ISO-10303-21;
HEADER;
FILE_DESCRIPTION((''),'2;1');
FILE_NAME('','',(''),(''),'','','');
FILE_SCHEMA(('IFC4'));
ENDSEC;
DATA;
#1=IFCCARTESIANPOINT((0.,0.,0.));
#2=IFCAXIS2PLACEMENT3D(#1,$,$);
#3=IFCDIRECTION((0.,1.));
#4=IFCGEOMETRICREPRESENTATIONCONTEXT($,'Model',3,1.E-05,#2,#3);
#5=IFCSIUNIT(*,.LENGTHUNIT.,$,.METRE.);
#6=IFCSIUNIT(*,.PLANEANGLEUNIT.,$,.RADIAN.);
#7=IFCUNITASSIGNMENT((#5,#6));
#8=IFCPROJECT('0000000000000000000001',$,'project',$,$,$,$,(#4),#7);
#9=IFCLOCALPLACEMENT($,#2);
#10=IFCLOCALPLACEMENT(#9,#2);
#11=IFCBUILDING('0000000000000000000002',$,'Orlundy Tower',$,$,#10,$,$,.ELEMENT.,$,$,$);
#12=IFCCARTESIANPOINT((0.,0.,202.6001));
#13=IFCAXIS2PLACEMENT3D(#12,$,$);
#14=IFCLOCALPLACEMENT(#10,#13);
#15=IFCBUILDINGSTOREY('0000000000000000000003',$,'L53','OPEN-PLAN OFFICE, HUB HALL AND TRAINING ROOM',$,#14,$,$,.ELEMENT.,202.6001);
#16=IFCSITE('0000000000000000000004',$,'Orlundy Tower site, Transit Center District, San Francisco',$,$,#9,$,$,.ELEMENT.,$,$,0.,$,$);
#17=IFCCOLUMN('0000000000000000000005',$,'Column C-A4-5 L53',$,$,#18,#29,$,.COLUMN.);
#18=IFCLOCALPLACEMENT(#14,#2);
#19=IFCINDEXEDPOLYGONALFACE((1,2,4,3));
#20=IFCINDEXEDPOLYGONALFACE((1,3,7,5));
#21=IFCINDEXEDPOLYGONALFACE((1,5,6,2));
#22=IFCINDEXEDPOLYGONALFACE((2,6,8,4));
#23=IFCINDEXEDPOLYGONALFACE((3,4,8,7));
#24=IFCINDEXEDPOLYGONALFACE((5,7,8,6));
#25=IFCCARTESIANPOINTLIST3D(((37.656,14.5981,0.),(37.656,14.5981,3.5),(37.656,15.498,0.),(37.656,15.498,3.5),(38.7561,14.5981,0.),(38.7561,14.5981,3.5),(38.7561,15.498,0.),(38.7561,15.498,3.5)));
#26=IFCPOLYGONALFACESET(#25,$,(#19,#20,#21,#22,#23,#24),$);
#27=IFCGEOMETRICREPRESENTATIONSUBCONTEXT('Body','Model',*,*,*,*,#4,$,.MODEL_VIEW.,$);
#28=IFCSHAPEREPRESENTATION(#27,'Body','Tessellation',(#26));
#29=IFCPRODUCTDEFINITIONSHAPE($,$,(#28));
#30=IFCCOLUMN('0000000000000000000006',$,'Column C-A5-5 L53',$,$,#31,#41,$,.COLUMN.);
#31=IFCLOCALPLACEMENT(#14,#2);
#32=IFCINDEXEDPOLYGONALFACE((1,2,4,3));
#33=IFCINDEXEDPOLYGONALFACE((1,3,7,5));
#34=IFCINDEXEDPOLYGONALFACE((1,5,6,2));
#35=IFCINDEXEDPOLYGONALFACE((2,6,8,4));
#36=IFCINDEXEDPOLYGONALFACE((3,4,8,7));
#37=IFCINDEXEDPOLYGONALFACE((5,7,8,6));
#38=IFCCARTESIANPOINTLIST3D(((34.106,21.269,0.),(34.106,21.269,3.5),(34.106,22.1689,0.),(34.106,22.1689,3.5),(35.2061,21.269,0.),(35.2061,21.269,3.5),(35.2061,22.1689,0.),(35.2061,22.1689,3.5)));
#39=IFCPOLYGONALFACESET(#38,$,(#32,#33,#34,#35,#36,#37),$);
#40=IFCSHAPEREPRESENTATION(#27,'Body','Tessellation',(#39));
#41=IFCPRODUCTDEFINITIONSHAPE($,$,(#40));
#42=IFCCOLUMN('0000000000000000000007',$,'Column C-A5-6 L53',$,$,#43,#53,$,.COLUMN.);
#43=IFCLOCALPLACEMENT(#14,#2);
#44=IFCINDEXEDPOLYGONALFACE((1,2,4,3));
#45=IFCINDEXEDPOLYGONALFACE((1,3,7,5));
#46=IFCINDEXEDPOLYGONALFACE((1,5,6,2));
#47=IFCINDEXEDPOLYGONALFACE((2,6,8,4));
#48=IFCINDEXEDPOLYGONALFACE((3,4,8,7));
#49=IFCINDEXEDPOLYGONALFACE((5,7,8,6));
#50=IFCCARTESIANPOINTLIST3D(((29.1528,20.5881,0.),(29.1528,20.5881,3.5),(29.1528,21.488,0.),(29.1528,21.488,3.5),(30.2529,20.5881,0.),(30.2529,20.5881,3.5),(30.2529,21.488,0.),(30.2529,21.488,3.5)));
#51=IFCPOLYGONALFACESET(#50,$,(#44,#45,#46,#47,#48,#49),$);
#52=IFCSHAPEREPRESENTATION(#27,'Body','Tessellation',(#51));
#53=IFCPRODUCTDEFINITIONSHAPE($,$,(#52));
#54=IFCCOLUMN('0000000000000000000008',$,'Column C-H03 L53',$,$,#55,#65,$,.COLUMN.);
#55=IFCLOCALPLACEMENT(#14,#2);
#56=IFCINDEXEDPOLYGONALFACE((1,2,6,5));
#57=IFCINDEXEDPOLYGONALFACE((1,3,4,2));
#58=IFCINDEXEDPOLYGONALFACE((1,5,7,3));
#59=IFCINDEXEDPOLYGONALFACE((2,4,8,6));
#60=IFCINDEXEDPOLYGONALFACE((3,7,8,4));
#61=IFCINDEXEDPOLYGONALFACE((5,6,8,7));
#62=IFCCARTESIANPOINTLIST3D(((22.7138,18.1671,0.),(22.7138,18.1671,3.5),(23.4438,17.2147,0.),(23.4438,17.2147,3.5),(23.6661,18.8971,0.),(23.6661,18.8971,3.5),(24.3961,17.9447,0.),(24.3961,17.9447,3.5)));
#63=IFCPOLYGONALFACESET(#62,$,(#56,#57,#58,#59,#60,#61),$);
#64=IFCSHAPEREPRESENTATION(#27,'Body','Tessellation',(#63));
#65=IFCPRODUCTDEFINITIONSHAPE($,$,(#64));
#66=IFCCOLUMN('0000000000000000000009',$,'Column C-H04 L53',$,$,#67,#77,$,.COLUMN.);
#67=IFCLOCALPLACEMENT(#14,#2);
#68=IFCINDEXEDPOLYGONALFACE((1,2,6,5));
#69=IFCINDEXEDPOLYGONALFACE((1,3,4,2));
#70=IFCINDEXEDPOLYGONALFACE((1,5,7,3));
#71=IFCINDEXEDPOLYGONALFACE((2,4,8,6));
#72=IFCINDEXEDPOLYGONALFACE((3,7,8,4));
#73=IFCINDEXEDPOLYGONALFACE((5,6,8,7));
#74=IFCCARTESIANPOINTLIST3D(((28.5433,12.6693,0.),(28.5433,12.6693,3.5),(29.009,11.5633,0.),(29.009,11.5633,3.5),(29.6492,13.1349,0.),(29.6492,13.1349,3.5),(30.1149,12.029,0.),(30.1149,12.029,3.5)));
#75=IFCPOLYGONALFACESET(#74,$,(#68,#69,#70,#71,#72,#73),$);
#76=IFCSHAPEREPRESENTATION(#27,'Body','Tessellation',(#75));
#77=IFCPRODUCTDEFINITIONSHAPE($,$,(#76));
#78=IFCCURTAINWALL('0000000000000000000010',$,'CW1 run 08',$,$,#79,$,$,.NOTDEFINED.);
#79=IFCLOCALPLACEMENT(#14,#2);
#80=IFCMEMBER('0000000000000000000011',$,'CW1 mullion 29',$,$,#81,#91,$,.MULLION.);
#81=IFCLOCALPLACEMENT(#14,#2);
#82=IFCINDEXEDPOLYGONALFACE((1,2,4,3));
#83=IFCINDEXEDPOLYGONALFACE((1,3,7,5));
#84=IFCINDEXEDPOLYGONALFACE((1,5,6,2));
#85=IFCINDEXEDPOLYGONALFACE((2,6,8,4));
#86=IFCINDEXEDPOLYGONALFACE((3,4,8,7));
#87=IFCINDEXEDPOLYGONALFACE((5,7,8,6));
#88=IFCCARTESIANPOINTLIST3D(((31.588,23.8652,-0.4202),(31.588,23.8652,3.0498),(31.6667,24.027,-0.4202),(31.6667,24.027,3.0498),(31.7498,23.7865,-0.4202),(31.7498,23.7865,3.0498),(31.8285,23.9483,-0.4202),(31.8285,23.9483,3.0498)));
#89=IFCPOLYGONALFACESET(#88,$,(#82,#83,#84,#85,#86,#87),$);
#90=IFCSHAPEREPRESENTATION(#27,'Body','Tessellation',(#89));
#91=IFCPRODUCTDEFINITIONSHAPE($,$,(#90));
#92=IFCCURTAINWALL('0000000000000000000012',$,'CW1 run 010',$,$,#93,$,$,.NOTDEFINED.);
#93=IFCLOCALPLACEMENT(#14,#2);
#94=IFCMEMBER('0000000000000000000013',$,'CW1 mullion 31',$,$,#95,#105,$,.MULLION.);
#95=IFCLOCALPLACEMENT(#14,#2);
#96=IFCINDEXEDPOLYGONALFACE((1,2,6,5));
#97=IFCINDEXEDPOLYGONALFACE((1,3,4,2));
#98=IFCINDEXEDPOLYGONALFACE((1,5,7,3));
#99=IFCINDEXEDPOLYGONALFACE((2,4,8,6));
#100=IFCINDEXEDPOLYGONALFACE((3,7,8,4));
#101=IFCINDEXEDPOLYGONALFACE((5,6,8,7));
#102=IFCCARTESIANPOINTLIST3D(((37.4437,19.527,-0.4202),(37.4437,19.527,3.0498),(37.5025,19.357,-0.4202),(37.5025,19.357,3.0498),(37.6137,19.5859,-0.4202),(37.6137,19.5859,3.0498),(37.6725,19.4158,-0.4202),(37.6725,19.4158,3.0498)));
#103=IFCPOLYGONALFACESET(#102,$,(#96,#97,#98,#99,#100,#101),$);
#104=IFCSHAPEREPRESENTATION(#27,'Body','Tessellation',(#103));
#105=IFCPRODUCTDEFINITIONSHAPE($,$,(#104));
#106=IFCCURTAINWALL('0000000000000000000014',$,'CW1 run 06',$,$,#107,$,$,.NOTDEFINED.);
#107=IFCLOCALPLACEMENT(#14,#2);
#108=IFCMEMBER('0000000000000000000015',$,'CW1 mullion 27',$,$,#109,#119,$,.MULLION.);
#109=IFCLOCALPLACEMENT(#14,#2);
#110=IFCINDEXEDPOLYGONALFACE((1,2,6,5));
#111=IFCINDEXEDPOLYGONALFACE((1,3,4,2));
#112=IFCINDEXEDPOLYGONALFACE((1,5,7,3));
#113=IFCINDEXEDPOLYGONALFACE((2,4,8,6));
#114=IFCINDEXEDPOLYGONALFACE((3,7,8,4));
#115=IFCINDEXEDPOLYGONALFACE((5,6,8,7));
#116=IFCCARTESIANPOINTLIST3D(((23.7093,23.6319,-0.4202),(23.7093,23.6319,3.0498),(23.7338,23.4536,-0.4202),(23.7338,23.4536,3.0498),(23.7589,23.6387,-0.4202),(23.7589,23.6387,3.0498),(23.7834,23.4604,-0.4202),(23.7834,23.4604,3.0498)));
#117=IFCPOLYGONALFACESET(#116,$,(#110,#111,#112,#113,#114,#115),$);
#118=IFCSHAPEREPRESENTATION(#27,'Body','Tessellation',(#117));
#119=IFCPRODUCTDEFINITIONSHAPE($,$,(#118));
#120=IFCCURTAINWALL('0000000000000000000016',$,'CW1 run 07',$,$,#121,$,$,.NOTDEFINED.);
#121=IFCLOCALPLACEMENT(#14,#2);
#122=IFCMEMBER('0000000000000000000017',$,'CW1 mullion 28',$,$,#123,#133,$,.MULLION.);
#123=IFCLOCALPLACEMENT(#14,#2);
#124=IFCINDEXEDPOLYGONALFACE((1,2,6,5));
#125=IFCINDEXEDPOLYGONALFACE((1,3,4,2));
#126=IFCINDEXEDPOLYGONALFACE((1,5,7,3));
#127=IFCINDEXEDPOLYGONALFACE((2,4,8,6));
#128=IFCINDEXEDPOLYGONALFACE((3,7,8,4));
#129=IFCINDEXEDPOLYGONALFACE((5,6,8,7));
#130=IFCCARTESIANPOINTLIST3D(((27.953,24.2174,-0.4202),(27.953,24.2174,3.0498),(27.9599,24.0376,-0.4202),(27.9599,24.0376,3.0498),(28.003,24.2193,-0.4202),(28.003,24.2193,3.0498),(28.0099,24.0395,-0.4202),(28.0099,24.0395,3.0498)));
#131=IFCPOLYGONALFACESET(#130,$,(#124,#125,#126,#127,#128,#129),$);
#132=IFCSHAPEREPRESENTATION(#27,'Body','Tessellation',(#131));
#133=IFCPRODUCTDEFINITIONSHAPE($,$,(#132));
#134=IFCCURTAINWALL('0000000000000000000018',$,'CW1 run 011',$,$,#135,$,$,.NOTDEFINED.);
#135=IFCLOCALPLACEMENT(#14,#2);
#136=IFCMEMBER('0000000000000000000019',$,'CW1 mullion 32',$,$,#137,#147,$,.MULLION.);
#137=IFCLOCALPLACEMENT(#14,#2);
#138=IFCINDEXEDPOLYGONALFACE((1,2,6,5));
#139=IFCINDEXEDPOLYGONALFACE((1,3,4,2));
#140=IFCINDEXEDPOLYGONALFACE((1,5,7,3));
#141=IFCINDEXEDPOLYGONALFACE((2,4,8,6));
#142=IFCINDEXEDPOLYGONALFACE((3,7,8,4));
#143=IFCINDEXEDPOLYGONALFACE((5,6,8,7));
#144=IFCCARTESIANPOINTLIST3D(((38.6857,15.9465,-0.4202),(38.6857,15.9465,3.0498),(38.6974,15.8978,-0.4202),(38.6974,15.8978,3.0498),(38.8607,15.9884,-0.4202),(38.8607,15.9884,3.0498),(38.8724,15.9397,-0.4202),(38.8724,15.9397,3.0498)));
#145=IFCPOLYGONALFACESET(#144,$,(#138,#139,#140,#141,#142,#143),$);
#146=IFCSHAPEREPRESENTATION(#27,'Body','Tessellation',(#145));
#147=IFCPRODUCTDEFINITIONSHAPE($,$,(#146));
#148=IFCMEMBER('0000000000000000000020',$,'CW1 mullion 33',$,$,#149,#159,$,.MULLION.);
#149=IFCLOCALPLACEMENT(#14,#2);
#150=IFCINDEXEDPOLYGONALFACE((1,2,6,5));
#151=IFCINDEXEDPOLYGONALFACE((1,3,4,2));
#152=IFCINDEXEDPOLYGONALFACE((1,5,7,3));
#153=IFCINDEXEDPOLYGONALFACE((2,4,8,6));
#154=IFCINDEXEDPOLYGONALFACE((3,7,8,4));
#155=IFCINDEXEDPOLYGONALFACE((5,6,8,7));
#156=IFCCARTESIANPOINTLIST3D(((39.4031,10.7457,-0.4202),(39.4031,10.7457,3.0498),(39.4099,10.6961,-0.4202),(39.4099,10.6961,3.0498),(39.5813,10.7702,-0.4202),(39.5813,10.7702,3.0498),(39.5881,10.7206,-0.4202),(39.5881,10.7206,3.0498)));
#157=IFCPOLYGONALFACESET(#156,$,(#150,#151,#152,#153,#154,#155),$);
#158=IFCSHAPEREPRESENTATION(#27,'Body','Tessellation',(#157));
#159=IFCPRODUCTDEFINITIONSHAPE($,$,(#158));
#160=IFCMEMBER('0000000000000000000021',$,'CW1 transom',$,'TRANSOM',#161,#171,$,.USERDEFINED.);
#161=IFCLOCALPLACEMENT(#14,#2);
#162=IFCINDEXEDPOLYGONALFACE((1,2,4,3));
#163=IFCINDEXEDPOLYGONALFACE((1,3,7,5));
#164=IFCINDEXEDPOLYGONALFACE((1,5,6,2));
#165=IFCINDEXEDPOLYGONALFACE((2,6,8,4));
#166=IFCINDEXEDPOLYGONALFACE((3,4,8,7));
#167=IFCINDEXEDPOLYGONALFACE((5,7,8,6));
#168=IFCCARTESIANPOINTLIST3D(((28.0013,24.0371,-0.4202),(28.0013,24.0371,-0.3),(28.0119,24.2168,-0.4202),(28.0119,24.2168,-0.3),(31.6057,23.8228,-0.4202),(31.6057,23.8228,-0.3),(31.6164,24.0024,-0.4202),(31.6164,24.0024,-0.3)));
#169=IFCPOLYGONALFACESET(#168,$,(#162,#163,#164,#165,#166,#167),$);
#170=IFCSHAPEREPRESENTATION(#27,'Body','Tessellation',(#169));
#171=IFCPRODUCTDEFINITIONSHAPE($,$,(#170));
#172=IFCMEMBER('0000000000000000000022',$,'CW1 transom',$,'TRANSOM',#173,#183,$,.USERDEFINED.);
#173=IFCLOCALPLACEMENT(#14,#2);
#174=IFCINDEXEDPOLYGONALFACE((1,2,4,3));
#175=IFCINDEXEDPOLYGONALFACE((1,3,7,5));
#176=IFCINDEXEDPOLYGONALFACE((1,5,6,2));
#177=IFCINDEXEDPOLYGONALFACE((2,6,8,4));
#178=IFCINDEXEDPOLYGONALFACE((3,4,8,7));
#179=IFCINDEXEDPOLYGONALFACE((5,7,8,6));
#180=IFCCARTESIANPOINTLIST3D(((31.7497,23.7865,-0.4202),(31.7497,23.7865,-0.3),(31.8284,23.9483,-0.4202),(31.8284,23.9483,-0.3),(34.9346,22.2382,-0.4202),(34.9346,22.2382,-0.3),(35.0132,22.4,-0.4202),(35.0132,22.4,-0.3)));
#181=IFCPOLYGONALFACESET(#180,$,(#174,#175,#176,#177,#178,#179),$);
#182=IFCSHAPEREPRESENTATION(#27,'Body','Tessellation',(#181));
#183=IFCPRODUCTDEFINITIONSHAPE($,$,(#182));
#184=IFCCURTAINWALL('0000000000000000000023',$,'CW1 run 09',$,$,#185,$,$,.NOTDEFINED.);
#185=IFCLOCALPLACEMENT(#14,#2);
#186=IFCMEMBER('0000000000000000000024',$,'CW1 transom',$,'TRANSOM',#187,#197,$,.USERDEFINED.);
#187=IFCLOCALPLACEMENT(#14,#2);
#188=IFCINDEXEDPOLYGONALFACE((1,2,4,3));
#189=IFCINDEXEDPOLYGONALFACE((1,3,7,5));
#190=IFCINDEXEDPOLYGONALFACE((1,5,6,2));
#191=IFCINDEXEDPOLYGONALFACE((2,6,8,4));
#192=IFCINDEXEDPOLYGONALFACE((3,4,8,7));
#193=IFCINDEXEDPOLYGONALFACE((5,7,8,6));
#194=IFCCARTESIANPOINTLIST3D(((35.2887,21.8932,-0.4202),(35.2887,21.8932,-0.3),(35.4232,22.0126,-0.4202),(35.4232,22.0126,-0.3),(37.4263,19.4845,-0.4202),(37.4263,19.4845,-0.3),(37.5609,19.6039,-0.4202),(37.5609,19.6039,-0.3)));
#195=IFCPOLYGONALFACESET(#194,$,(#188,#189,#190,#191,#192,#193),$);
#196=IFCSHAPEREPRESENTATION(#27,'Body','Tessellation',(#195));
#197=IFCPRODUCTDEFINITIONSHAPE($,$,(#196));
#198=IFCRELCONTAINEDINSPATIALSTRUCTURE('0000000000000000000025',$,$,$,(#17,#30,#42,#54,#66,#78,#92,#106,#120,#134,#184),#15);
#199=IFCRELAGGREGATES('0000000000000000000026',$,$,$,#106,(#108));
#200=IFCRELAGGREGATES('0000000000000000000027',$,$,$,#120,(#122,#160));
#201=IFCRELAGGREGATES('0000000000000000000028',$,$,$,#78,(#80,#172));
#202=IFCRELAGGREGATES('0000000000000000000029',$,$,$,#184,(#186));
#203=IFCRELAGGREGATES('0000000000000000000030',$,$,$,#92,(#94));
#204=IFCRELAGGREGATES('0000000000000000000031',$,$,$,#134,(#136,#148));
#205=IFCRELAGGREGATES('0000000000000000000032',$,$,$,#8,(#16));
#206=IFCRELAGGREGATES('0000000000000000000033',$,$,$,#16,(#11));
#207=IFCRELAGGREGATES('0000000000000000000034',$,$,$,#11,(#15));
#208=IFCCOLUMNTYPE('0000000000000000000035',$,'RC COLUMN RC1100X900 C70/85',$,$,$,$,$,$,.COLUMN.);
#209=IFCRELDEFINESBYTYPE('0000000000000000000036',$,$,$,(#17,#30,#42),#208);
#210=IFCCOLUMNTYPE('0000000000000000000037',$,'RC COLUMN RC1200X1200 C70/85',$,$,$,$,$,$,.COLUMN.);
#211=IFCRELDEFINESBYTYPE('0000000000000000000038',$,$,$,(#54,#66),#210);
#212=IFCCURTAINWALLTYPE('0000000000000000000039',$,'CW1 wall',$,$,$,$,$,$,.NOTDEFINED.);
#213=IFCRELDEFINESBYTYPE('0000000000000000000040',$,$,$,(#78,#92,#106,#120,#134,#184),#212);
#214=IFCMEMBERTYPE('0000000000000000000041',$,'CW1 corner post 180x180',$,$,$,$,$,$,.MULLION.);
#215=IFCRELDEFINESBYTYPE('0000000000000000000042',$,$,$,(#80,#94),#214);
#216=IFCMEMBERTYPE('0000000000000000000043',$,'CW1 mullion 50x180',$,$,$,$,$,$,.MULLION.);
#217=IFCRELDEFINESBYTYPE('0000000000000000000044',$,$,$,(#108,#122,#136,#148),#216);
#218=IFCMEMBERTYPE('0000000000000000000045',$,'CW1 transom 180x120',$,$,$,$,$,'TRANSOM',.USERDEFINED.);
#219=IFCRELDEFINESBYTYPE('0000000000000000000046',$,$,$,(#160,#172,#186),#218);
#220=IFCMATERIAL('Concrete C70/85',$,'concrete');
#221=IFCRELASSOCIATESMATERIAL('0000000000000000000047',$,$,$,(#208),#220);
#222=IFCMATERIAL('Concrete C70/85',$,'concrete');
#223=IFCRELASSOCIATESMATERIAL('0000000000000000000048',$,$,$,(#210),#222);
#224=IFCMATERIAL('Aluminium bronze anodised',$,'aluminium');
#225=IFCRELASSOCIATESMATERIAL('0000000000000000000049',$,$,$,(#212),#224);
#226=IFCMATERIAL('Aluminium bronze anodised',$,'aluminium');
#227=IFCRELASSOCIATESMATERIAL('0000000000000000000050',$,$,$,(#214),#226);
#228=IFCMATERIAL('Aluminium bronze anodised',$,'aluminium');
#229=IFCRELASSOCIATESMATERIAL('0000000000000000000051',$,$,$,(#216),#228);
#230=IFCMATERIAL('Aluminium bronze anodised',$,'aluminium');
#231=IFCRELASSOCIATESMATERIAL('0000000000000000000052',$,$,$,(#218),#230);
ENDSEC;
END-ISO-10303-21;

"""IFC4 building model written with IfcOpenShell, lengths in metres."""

from ifc_helpers import new_model, si_unit, direction, frame, origin, origin_2d, place, context, subcontext, project, spatial, rectangle, extrude, material, material_profile, profile_set, type_object, element, aggregate, save


model = new_model("IFC4")

# Units and contexts
model_context = context("Model", 3, precision=1e-05, world=origin(), true_north=direction((0.0, 1.0)))
body_context = subcontext(model_context, "Body", "Model", "MODEL_VIEW")
ifc_project = project(units=[si_unit("LENGTHUNIT", "METRE"), si_unit("PLANEANGLEUNIT", "RADIAN")], contexts=[model_context])

# Site, building, storey
site_placement = place(None, origin())
site = spatial("IfcSite", under=ifc_project, at=site_placement, Name="Orlundy Tower site, Transit Center District, San Francisco", CompositionType="ELEMENT", RefElevation=0.0)
building_placement = place(site_placement, origin())
building = spatial("IfcBuilding", under=site, at=building_placement, Name="Orlundy Tower", CompositionType="ELEMENT")
storey_placement = place(building_placement, frame((0.0, 0.0, 202.6001)))
storey = spatial("IfcBuildingStorey", under=building, at=storey_placement, Name="L53", Description="OPEN-PLAN OFFICE, HUB HALL AND TRAINING ROOM", CompositionType="ELEMENT", Elevation=202.6001)

# Columns
ifc_material_1 = material(Name="Concrete C70/85", Category="concrete")
ifc_material_profile_1 = material_profile(ifc_material_1, rectangle(XDim=1.1001, YDim=0.8999, at=origin_2d()), Name="RC1100X900")
ifc_profile_set_1 = profile_set([ifc_material_profile_1], Name="Concrete C70/85")
column_type_1 = type_object("IfcColumnType", Name="RC COLUMN RC1100X900 C70/85", PredefinedType="COLUMN", material=ifc_profile_set_1)
for number, where, z_axis, x_axis, name in (
    (1, (38.2061, 15.0481, 0.0), (0.0, 0.0, 1.0), (1.0, 0.0, 0.0), "Column C-A4-5 L53"),
    (2, (34.656, 21.719, 0.0), (0.0, 0.0, 1.0), (1.0, 0.0, 0.0), "Column C-A5-5 L53"),
    (3, (29.7029, 21.0381, 0.0), (0.0, 0.0, 1.0), (1.0, 0.0, 0.0), "Column C-A5-6 L53"),
):
    element("IfcColumn", number, at=place(storey_placement, frame(where, z_axis=z_axis, x_axis=x_axis)), inside=storey, type_object=column_type_1, Name=name, PredefinedType="COLUMN", context=body_context, shape_type="SweptSolid", body=[
        extrude(rectangle(XDim=1.1001, YDim=0.8999, at=origin_2d()), origin(), (0.0, 0.0, 1.0), 3.5),
    ])
ifc_material_2 = material(Name="Concrete C70/85", Category="concrete")
ifc_material_profile_2 = material_profile(ifc_material_2, rectangle(XDim=1.2, YDim=1.2, at=origin_2d()), Name="RC1200X1200")
ifc_profile_set_2 = profile_set([ifc_material_profile_2], Name="Concrete C70/85")
column_type_2 = type_object("IfcColumnType", Name="RC COLUMN RC1200X1200 C70/85", PredefinedType="COLUMN", material=ifc_profile_set_2)
for number, where, z_axis, x_axis, name in (
    (4, (23.5549, 18.0559, 0.0), (0.0, 0.0, 1.0), (0.793651, 0.608374, 0.0), "Column C-H03 L53"),
    (5, (29.3291, 12.3491, 0.0), (0.0, 0.0, 1.0), (0.921633, 0.388063, 0.0), "Column C-H04 L53"),
):
    element("IfcColumn", number, at=place(storey_placement, frame(where, z_axis=z_axis, x_axis=x_axis)), inside=storey, type_object=column_type_2, Name=name, PredefinedType="COLUMN", context=body_context, shape_type="SweptSolid", body=[
        extrude(rectangle(XDim=1.2, YDim=1.2, at=origin_2d()), origin(), (0.0, 0.0, 1.0), 3.5),
    ])

# Curtain walls, members
ifc_material_3 = material(Name="Aluminium bronze anodised", Category="aluminium")
curtain_wall_type = type_object("IfcCurtainWallType", Name="CW1 wall", PredefinedType="NOTDEFINED", material=ifc_material_3)
curtain_wall_1_placement = place(storey_placement, origin())
curtain_wall_1 = element("IfcCurtainWall", 6, at=curtain_wall_1_placement, inside=storey, type_object=curtain_wall_type, Name="CW1 run 08", PredefinedType="NOTDEFINED")
ifc_material_4 = material(Name="Aluminium bronze anodised", Category="aluminium")
ifc_material_profile_3 = material_profile(ifc_material_4, rectangle(XDim=0.1799, YDim=0.1799, at=origin_2d()), Name="CW1 corner post 180x180")
ifc_profile_set_3 = profile_set([ifc_material_profile_3], Name="Aluminium bronze anodised")
member_type_1 = type_object("IfcMemberType", Name="CW1 corner post 180x180", PredefinedType="MULLION", material=ifc_profile_set_3)
member_1_placement = place(storey_placement, frame((31.7083, 23.9067, -0.4202), z_axis=(0.0, 0.0, 1.0), x_axis=(0.437259, 0.899335, 0.0)))
member_1 = element("IfcMember", 7, at=member_1_placement, type_object=member_type_1, Name="CW1 mullion 29", PredefinedType="MULLION", context=body_context, shape_type="SweptSolid", body=[
    extrude(rectangle(XDim=0.1799, YDim=0.1799, at=origin_2d()), origin(), (0.0, 0.0, 1.0), 3.47),
])
curtain_wall_2_placement = place(storey_placement, origin())
curtain_wall_2 = element("IfcCurtainWall", 8, at=curtain_wall_2_placement, inside=storey, type_object=curtain_wall_type, Name="CW1 run 010", PredefinedType="NOTDEFINED")
member_2_placement = place(storey_placement, frame((37.5581, 19.4714, -0.4202), z_axis=(0.0, 0.0, 1.0), x_axis=(0.945034, 0.326972, 0.0)))
member_2 = element("IfcMember", 9, at=member_2_placement, type_object=member_type_1, Name="CW1 mullion 31", PredefinedType="MULLION", context=body_context, shape_type="SweptSolid", body=[
    extrude(rectangle(XDim=0.1799, YDim=0.1799, at=origin_2d()), origin(), (0.0, 0.0, 1.0), 3.47),
])
curtain_wall_3_placement = place(storey_placement, origin())
curtain_wall_3 = element("IfcCurtainWall", 10, at=curtain_wall_3_placement, inside=storey, type_object=curtain_wall_type, Name="CW1 run 06", PredefinedType="NOTDEFINED")
ifc_material_5 = material(Name="Aluminium bronze anodised", Category="aluminium")
ifc_material_profile_4 = material_profile(ifc_material_5, rectangle(XDim=0.1799, YDim=0.05, at=origin_2d()), Name="CW1 mullion 50x180")
ifc_profile_set_4 = profile_set([ifc_material_profile_4], Name="Aluminium bronze anodised")
member_type_2 = type_object("IfcMemberType", Name="CW1 mullion 50x180", PredefinedType="MULLION", material=ifc_profile_set_4)
member_3_placement = place(storey_placement, frame((23.7463, 23.5461, -0.4202), z_axis=(0.0, 0.0, 1.0), x_axis=(-0.136185, 0.990683, 0.0)))
member_3 = element("IfcMember", 11, at=member_3_placement, type_object=member_type_2, Name="CW1 mullion 27", PredefinedType="MULLION", context=body_context, shape_type="SweptSolid", body=[
    extrude(rectangle(XDim=0.1799, YDim=0.05, at=origin_2d()), origin(), (0.0, 0.0, 1.0), 3.47),
])
curtain_wall_4_placement = place(storey_placement, origin())
curtain_wall_4 = element("IfcCurtainWall", 12, at=curtain_wall_4_placement, inside=storey, type_object=curtain_wall_type, Name="CW1 run 07", PredefinedType="NOTDEFINED")
member_4_placement = place(storey_placement, frame((27.9814, 24.1284, -0.4202), z_axis=(0.0, 0.0, 1.0), x_axis=(-0.038601, 0.999255, 0.0)))
member_4 = element("IfcMember", 13, at=member_4_placement, type_object=member_type_2, Name="CW1 mullion 28", PredefinedType="MULLION", context=body_context, shape_type="SweptSolid", body=[
    extrude(rectangle(XDim=0.1799, YDim=0.05, at=origin_2d()), origin(), (0.0, 0.0, 1.0), 3.47),
])

# Curtain wall, members
curtain_wall_5_placement = place(storey_placement, origin())
curtain_wall_5 = element("IfcCurtainWall", 14, at=curtain_wall_5_placement, inside=storey, type_object=curtain_wall_type, Name="CW1 run 011", PredefinedType="NOTDEFINED")
member_5_placement = place(storey_placement, frame((38.7791, 15.9431, -0.4202), z_axis=(0.0, 0.0, 1.0), x_axis=(0.972537, 0.23275, 0.0)))
member_5 = element("IfcMember", 15, at=member_5_placement, type_object=member_type_2, Name="CW1 mullion 32", PredefinedType="MULLION", context=body_context, shape_type="SweptSolid", body=[
    extrude(rectangle(XDim=0.1799, YDim=0.05, at=origin_2d()), origin(), (0.0, 0.0, 1.0), 3.47),
])
member_6_placement = place(storey_placement, frame((39.4956, 10.7332, -0.4202), z_axis=(0.0, 0.0, 1.0), x_axis=(0.99067, 0.136286, 0.0)))
member_6 = element("IfcMember", 16, at=member_6_placement, type_object=member_type_2, Name="CW1 mullion 33", PredefinedType="MULLION", context=body_context, shape_type="SweptSolid", body=[
    extrude(rectangle(XDim=0.1799, YDim=0.05, at=origin_2d()), origin(), (0.0, 0.0, 1.0), 3.47),
])

# Members
ifc_material_6 = material(Name="Aluminium bronze anodised", Category="aluminium")
ifc_material_profile_5 = material_profile(ifc_material_6, rectangle(XDim=0.1799, YDim=0.1201, at=origin_2d()), Name="CW1 transom 180x120")
ifc_profile_set_5 = profile_set([ifc_material_profile_5], Name="Aluminium bronze anodised")
member_type_3 = type_object("IfcMemberType", Name="CW1 transom 180x120", ElementType="TRANSOM", PredefinedType="USERDEFINED", material=ifc_profile_set_5)
member_7_placement = place(storey_placement, frame((28.0066, 24.127, -0.3601), z_axis=(0.998236, -0.059364, 0.0), x_axis=(0.059364, 0.998236, 0.0)))
member_7 = element("IfcMember", 17, at=member_7_placement, type_object=member_type_3, Name="CW1 transom", ObjectType="TRANSOM", PredefinedType="USERDEFINED", context=body_context, shape_type="SweptSolid", body=[
    extrude(rectangle(XDim=0.1799, YDim=0.1201, at=origin_2d()), origin(), (0.0, 0.0, 1.0), 3.6108),
])
member_8_placement = place(storey_placement, frame((31.7891, 23.8674, -0.3601), z_axis=(0.899349, -0.437231, 0.0), x_axis=(0.437231, 0.899349, 0.0)))
member_8 = element("IfcMember", 18, at=member_8_placement, type_object=member_type_3, Name="CW1 transom", ObjectType="TRANSOM", PredefinedType="USERDEFINED", context=body_context, shape_type="SweptSolid", body=[
    extrude(rectangle(XDim=0.1799, YDim=0.1201, at=origin_2d()), origin(), (0.0, 0.0, 1.0), 3.5413),
])

# Curtain wall, member
curtain_wall_6_placement = place(storey_placement, origin())
curtain_wall_6 = element("IfcCurtainWall", 19, at=curtain_wall_6_placement, inside=storey, type_object=curtain_wall_type, Name="CW1 run 09", PredefinedType="NOTDEFINED")
member_9_placement = place(storey_placement, frame((35.356, 21.9529, -0.3601), z_axis=(0.66378, -0.747928, 0.0), x_axis=(0.747928, 0.66378, 0.0)))
member_9 = element("IfcMember", 20, at=member_9_placement, type_object=member_type_3, Name="CW1 transom", ObjectType="TRANSOM", PredefinedType="USERDEFINED", context=body_context, shape_type="SweptSolid", body=[
    extrude(rectangle(XDim=0.1799, YDim=0.1201, at=origin_2d()), origin(), (0.0, 0.0, 1.0), 3.2205),
])

aggregate(curtain_wall_3, [member_3])
aggregate(curtain_wall_4, [member_4, member_7])
aggregate(curtain_wall_1, [member_1, member_8])
aggregate(curtain_wall_6, [member_9])
aggregate(curtain_wall_2, [member_2])
aggregate(curtain_wall_5, [member_5, member_6])

save(model, "model.ifc")
